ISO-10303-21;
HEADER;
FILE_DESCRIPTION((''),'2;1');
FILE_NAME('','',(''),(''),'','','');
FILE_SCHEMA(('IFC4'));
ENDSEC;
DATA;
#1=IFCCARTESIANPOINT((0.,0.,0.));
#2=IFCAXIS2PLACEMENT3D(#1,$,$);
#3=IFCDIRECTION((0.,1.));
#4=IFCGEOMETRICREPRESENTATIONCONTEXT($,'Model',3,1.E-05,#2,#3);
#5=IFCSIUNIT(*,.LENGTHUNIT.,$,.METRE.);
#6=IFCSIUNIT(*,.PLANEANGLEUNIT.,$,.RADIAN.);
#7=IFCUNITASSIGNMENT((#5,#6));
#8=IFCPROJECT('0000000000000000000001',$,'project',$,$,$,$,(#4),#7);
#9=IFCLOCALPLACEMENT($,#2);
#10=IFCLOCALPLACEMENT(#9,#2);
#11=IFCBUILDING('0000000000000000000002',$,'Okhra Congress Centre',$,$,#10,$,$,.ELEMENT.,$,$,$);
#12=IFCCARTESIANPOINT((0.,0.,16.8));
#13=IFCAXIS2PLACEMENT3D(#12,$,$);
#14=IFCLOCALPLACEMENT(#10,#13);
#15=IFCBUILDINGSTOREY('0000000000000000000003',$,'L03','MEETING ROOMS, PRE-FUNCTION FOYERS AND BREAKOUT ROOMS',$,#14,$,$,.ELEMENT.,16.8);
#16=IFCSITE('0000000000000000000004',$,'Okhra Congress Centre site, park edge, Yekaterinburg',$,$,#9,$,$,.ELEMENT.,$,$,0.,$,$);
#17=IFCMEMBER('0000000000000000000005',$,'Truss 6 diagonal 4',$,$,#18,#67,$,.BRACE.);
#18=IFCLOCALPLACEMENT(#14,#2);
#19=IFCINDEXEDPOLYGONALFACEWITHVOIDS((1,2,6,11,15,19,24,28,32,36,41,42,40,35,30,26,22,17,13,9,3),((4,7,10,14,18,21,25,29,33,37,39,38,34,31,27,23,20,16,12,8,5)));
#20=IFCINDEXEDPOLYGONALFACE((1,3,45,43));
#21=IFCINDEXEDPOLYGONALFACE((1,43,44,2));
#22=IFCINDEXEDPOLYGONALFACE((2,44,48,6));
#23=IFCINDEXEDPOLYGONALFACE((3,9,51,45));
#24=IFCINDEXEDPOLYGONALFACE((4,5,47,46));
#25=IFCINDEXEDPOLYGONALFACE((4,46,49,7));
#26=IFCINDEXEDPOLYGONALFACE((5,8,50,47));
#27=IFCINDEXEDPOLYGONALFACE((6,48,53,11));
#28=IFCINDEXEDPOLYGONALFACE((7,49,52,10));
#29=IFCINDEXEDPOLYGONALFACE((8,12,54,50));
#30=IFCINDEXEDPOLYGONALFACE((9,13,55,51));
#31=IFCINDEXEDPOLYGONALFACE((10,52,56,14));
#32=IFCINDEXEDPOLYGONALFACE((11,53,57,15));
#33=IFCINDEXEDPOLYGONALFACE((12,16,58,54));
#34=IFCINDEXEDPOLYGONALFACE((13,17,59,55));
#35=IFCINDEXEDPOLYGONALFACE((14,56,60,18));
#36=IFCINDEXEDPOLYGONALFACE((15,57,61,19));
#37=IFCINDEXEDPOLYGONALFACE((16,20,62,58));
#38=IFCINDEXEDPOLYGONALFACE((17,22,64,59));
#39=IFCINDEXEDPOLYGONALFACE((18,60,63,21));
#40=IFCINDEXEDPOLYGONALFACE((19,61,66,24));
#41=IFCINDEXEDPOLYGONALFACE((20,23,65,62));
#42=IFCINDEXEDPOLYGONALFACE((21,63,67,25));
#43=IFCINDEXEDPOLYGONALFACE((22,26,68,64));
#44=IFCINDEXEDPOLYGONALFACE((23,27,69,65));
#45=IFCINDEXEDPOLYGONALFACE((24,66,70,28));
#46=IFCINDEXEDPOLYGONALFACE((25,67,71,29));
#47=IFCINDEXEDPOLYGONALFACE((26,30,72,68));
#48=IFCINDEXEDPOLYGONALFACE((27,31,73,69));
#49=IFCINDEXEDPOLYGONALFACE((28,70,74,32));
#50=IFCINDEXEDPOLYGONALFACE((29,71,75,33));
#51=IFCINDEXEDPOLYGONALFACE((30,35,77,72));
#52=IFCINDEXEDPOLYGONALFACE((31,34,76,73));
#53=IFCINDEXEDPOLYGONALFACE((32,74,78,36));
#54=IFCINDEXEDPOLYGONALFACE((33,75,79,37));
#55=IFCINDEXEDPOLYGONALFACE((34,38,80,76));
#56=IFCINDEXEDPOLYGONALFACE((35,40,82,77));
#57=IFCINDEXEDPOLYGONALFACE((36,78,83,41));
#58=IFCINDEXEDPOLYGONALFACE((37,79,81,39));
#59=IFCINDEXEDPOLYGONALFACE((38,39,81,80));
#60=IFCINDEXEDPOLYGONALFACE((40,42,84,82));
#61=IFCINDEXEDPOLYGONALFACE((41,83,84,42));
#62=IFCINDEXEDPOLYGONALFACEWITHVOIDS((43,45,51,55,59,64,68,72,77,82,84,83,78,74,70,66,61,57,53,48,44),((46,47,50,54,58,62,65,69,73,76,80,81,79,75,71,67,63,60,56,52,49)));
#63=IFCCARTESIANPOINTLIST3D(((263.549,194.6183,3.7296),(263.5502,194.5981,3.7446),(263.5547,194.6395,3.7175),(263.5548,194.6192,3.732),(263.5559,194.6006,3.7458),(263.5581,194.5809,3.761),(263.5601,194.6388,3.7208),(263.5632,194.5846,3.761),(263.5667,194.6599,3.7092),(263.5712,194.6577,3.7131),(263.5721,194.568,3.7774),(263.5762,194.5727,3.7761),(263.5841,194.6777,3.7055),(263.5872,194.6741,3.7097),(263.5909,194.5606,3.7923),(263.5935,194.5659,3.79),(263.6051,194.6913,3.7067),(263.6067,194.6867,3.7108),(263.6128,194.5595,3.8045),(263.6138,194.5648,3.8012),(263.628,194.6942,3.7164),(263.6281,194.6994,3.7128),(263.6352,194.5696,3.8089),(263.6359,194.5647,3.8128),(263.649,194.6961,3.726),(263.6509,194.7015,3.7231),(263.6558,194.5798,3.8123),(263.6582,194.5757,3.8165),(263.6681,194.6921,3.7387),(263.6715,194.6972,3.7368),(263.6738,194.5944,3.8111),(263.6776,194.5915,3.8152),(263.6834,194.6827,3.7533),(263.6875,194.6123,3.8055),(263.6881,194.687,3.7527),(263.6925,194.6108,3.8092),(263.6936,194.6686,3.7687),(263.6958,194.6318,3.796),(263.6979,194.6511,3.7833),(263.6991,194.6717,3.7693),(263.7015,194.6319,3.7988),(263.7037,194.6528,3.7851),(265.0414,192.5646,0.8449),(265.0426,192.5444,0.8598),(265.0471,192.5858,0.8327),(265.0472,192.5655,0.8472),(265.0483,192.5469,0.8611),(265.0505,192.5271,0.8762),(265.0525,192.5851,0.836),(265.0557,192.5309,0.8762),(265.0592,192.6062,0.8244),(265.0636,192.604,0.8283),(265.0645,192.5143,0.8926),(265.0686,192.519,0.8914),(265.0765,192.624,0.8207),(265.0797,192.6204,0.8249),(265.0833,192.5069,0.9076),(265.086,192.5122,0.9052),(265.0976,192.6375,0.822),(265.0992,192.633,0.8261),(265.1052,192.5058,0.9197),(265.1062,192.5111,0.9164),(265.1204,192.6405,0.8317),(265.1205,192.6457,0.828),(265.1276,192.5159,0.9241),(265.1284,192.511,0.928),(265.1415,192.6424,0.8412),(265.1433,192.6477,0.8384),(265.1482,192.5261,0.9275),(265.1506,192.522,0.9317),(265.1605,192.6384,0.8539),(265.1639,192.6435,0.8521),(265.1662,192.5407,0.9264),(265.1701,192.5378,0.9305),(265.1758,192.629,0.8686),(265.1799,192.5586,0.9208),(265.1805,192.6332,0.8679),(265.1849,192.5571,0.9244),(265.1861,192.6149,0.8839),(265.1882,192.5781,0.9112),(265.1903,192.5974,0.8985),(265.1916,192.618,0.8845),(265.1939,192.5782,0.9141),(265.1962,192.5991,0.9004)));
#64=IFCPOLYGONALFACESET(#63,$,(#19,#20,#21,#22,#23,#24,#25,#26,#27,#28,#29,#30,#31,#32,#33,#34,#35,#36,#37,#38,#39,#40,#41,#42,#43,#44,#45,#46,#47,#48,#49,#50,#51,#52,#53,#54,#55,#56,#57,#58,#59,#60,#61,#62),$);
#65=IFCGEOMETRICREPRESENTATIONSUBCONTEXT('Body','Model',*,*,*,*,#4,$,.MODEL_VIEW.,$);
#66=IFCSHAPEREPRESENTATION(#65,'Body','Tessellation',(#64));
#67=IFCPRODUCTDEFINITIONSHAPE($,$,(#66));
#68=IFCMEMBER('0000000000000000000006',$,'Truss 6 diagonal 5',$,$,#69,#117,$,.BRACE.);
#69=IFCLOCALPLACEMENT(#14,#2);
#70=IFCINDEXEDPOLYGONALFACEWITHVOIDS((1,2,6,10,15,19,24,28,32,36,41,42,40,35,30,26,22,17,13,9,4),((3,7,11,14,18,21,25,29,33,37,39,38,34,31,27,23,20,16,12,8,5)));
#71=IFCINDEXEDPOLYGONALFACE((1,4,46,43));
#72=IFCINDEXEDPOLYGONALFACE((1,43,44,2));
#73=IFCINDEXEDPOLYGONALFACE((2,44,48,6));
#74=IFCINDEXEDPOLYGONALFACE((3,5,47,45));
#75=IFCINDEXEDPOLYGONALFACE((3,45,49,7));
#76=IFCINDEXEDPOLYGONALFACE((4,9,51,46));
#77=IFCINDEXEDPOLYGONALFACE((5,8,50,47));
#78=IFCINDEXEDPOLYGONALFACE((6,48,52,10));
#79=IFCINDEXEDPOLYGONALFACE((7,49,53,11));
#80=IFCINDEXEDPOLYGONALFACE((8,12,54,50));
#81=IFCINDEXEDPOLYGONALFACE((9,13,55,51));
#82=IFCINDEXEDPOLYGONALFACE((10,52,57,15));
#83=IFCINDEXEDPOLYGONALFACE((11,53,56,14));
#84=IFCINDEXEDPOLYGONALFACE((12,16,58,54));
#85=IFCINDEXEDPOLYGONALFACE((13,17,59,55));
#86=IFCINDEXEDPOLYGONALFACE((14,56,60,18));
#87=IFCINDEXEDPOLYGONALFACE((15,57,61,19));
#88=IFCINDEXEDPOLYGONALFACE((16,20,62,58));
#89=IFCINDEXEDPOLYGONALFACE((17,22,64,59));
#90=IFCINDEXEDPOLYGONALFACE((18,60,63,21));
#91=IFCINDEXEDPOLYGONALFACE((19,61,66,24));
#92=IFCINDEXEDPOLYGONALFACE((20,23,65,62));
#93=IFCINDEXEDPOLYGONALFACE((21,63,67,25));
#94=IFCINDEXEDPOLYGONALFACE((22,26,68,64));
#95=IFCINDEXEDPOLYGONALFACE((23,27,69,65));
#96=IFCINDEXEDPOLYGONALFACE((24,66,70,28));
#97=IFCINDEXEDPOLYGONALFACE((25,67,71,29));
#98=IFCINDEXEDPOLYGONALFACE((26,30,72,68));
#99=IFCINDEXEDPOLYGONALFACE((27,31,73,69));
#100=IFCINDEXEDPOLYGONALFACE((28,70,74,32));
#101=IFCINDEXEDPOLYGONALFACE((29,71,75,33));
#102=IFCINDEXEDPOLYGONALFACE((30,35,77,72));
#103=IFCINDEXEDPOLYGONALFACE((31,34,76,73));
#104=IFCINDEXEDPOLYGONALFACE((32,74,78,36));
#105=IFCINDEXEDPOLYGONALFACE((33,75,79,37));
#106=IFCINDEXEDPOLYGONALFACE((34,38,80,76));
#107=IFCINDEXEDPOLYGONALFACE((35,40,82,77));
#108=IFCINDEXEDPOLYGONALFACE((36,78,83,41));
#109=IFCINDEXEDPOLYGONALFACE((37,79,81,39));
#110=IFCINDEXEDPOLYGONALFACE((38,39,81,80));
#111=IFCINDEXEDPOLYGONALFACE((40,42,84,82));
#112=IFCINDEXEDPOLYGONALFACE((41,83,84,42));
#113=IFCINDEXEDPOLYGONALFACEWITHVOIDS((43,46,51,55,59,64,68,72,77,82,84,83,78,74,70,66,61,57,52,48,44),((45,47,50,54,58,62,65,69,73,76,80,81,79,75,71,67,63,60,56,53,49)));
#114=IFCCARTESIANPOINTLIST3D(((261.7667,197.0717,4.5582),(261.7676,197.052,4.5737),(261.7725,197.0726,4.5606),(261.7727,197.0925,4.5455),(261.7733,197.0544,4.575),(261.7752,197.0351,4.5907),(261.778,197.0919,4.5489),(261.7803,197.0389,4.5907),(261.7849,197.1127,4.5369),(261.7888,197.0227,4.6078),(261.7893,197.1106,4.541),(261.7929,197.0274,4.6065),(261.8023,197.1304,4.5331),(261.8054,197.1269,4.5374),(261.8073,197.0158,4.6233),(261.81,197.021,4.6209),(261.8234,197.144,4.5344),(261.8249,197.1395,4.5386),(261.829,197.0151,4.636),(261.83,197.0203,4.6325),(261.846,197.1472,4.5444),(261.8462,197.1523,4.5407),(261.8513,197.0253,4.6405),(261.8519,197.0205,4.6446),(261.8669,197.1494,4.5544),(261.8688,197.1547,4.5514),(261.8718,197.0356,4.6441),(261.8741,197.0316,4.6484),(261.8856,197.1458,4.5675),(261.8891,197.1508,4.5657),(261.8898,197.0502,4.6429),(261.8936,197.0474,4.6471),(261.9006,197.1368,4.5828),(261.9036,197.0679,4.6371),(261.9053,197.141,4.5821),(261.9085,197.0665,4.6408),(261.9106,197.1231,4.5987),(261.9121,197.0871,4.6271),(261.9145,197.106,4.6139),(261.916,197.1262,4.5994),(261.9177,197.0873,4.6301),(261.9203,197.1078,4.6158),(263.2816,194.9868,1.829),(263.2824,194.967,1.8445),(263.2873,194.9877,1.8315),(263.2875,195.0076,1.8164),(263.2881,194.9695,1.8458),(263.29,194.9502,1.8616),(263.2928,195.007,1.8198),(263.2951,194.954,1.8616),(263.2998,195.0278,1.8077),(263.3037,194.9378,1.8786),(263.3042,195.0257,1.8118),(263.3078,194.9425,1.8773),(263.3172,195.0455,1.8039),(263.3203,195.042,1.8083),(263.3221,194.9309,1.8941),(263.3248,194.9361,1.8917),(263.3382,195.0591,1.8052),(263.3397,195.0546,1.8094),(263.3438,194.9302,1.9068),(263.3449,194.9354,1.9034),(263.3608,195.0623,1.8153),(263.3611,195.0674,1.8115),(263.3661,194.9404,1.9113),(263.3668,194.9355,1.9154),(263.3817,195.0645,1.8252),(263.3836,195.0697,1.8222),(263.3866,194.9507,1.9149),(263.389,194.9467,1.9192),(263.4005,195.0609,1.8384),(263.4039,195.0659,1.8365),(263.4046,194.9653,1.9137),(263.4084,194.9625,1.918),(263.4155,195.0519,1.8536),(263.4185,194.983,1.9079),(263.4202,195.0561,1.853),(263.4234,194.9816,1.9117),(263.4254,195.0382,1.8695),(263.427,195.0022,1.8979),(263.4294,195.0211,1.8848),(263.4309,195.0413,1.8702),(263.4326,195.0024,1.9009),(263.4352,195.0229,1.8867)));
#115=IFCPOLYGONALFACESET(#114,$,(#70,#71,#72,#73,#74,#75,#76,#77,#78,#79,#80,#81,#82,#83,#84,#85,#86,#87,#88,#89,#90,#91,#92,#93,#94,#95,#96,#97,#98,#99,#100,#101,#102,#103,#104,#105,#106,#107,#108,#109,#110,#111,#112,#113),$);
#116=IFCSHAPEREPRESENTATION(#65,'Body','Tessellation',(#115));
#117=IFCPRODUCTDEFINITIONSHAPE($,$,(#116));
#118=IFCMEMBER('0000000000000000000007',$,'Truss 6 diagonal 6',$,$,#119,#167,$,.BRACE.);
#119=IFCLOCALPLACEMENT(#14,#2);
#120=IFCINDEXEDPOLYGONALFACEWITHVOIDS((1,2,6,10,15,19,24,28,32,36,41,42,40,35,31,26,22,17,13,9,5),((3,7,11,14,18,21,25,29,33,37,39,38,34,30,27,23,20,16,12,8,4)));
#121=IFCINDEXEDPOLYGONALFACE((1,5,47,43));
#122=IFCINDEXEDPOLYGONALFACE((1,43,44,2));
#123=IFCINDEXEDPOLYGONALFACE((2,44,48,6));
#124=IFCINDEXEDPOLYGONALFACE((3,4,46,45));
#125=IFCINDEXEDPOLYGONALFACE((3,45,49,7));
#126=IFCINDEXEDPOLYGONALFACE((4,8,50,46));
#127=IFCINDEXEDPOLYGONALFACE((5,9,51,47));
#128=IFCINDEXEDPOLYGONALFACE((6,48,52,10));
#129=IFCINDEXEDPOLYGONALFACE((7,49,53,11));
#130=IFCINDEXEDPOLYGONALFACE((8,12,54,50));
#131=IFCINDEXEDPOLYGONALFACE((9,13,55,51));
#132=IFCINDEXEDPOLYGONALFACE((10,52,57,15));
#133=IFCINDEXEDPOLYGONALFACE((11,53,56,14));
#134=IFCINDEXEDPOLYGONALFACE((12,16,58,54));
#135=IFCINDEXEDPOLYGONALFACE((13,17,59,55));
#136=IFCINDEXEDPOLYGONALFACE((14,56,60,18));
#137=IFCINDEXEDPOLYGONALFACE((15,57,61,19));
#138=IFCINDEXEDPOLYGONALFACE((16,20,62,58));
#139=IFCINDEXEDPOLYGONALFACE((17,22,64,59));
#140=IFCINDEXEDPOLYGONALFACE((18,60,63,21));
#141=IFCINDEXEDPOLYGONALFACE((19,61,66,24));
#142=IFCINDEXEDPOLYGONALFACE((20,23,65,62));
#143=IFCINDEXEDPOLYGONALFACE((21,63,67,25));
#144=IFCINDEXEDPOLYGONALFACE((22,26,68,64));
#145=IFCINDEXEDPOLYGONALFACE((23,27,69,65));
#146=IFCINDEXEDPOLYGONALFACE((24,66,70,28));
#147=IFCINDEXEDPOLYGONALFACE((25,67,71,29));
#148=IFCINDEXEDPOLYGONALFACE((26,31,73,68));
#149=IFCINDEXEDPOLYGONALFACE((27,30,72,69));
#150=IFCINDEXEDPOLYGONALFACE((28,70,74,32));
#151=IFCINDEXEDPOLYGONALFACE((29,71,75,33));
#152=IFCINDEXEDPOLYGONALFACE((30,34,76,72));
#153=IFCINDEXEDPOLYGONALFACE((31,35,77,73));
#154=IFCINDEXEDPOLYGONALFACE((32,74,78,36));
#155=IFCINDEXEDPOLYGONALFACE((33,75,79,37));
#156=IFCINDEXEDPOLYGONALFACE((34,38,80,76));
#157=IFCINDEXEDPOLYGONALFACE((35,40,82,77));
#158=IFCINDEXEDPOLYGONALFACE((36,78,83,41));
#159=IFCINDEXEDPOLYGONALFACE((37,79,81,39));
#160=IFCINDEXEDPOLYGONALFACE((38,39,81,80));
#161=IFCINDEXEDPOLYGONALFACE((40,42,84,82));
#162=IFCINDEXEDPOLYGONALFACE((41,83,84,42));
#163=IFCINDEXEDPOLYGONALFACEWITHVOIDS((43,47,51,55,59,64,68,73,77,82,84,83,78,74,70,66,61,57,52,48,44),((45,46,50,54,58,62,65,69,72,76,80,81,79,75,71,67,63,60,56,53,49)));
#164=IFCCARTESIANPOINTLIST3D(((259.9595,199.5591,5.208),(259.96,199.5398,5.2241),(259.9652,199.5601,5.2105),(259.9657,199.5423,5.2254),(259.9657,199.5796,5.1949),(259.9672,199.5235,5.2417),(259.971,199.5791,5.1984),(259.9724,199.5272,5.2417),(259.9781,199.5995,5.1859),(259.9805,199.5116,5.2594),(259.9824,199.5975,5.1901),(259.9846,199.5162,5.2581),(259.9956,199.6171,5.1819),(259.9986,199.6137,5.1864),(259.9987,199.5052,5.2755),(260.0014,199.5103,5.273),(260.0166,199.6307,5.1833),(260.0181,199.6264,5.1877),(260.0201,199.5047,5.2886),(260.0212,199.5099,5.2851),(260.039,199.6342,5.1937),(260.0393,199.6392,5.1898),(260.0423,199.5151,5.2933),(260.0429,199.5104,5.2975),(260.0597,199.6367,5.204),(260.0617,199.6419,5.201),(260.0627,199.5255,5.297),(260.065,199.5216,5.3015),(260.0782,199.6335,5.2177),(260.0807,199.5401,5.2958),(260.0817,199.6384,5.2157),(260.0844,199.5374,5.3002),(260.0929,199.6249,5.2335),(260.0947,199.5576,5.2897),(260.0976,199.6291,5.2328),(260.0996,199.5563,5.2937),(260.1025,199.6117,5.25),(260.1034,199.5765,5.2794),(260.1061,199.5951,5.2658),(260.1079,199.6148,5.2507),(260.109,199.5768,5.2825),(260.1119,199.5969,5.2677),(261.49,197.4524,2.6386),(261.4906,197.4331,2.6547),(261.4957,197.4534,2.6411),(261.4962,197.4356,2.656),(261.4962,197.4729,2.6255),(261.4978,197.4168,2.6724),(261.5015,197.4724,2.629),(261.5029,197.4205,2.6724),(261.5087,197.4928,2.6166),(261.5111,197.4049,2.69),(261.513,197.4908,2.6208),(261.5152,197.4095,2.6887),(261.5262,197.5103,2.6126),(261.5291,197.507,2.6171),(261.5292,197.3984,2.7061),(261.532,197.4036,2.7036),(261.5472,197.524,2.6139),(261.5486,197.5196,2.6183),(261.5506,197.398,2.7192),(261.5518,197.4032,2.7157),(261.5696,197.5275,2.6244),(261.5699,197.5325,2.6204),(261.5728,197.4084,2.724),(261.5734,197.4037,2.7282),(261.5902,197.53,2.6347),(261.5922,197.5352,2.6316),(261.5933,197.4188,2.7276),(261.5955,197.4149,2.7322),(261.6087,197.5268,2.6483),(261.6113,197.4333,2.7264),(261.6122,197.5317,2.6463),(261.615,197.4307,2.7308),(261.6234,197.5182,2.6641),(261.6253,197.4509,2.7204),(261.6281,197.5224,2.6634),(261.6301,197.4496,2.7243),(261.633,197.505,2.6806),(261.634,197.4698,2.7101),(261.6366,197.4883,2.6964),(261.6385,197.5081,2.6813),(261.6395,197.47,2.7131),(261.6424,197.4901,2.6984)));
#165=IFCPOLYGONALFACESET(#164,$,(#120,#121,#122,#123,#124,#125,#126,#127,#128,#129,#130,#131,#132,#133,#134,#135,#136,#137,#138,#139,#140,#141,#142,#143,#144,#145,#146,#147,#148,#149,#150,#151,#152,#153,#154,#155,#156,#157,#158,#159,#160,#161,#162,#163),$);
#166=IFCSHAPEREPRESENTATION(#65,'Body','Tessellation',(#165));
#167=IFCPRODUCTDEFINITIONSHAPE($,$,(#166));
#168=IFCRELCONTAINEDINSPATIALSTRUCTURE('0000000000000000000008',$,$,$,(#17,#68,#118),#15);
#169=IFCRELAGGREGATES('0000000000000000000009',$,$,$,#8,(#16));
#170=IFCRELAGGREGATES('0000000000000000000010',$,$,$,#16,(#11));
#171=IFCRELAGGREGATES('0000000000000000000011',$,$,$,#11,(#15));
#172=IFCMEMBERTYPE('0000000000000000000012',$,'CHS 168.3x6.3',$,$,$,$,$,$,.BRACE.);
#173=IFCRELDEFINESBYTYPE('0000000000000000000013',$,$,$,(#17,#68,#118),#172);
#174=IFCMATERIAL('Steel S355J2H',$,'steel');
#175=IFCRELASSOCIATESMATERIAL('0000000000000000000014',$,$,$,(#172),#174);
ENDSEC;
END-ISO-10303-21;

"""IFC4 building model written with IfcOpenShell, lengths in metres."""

from ifc_helpers import new_model, si_unit, direction, frame, origin, origin_2d, place, context, subcontext, project, spatial, hollow_circle, extrude, material, material_profile, profile_set, type_object, element, save


model = new_model("IFC4")

# Units and contexts
model_context = context("Model", 3, precision=1e-05, world=origin(), true_north=direction((0.0, 1.0)))
body_context = subcontext(model_context, "Body", "Model", "MODEL_VIEW")
ifc_project = project(units=[si_unit("LENGTHUNIT", "METRE"), si_unit("PLANEANGLEUNIT", "RADIAN")], contexts=[model_context])

# Site, building, storey
site_placement = place(None, origin())
site = spatial("IfcSite", under=ifc_project, at=site_placement, Name="Okhra Congress Centre site, park edge, Yekaterinburg", CompositionType="ELEMENT", RefElevation=0.0)
building_placement = place(site_placement, origin())
building = spatial("IfcBuilding", under=site, at=building_placement, Name="Okhra Congress Centre", CompositionType="ELEMENT")
storey_placement = place(building_placement, frame((0.0, 0.0, 16.8)))
storey = spatial("IfcBuildingStorey", under=building, at=storey_placement, Name="L03", Description="MEETING ROOMS, PRE-FUNCTION FOYERS AND BREAKOUT ROOMS", CompositionType="ELEMENT", Elevation=16.8)

# Members
ifc_material_1 = material(Name="Steel S355J2H", Category="steel")
ifc_material_profile_1 = material_profile(ifc_material_1, hollow_circle(Radius=0.0842, WallThickness=0.0063, at=origin_2d()), Name="CHS 168.3x6.3")
ifc_profile_set_1 = profile_set([ifc_material_profile_1], Name="Steel S355J2H")
member_type_1 = type_object("IfcMemberType", Name="CHS 168.3x6.3", PredefinedType="BRACE", material=ifc_profile_set_1)
member_1_placement = place(storey_placement, frame((265.1187, 192.5767, 0.8762), z_axis=(-0.388373, 0.534434, 0.750698), x_axis=(-0.808956, -0.587869, 0.0)))
element("IfcMember", 1, at=member_1_placement, inside=storey, type_object=member_type_1, Name="Truss 6 diagonal 4", PredefinedType="BRACE", context=body_context, shape_type="SweptSolid", body=[
    extrude(hollow_circle(Radius=0.0842, WallThickness=0.0063, at=origin_2d()), origin(), (0.0, 0.0, 1.0), 3.8428),
])
member_2_placement = place(storey_placement, frame((263.3582, 194.9998, 1.8616), z_axis=(-0.403566, 0.555432, 0.727069), x_axis=(-0.809002, -0.587806, 0.0)))
element("IfcMember", 2, at=member_2_placement, inside=storey, type_object=member_type_1, Name="Truss 6 diagonal 5", PredefinedType="BRACE", context=body_context, shape_type="SweptSolid", body=[
    extrude(hollow_circle(Radius=0.0842, WallThickness=0.0063, at=origin_2d()), origin(), (0.0, 0.0, 1.0), 3.7537),
])
member_3_placement = place(storey_placement, frame((261.5659, 197.4663, 2.6724), z_axis=(-0.418385, 0.575888, 0.702358), x_axis=(-0.809032, -0.587765, 0.0)))
element("IfcMember", 3, at=member_3_placement, inside=storey, type_object=member_type_1, Name="Truss 6 diagonal 6", PredefinedType="BRACE", context=body_context, shape_type="SweptSolid", body=[
    extrude(hollow_circle(Radius=0.0842, WallThickness=0.0063, at=origin_2d()), origin(), (0.0, 0.0, 1.0), 3.6582),
])

save(model, "model.ifc")
